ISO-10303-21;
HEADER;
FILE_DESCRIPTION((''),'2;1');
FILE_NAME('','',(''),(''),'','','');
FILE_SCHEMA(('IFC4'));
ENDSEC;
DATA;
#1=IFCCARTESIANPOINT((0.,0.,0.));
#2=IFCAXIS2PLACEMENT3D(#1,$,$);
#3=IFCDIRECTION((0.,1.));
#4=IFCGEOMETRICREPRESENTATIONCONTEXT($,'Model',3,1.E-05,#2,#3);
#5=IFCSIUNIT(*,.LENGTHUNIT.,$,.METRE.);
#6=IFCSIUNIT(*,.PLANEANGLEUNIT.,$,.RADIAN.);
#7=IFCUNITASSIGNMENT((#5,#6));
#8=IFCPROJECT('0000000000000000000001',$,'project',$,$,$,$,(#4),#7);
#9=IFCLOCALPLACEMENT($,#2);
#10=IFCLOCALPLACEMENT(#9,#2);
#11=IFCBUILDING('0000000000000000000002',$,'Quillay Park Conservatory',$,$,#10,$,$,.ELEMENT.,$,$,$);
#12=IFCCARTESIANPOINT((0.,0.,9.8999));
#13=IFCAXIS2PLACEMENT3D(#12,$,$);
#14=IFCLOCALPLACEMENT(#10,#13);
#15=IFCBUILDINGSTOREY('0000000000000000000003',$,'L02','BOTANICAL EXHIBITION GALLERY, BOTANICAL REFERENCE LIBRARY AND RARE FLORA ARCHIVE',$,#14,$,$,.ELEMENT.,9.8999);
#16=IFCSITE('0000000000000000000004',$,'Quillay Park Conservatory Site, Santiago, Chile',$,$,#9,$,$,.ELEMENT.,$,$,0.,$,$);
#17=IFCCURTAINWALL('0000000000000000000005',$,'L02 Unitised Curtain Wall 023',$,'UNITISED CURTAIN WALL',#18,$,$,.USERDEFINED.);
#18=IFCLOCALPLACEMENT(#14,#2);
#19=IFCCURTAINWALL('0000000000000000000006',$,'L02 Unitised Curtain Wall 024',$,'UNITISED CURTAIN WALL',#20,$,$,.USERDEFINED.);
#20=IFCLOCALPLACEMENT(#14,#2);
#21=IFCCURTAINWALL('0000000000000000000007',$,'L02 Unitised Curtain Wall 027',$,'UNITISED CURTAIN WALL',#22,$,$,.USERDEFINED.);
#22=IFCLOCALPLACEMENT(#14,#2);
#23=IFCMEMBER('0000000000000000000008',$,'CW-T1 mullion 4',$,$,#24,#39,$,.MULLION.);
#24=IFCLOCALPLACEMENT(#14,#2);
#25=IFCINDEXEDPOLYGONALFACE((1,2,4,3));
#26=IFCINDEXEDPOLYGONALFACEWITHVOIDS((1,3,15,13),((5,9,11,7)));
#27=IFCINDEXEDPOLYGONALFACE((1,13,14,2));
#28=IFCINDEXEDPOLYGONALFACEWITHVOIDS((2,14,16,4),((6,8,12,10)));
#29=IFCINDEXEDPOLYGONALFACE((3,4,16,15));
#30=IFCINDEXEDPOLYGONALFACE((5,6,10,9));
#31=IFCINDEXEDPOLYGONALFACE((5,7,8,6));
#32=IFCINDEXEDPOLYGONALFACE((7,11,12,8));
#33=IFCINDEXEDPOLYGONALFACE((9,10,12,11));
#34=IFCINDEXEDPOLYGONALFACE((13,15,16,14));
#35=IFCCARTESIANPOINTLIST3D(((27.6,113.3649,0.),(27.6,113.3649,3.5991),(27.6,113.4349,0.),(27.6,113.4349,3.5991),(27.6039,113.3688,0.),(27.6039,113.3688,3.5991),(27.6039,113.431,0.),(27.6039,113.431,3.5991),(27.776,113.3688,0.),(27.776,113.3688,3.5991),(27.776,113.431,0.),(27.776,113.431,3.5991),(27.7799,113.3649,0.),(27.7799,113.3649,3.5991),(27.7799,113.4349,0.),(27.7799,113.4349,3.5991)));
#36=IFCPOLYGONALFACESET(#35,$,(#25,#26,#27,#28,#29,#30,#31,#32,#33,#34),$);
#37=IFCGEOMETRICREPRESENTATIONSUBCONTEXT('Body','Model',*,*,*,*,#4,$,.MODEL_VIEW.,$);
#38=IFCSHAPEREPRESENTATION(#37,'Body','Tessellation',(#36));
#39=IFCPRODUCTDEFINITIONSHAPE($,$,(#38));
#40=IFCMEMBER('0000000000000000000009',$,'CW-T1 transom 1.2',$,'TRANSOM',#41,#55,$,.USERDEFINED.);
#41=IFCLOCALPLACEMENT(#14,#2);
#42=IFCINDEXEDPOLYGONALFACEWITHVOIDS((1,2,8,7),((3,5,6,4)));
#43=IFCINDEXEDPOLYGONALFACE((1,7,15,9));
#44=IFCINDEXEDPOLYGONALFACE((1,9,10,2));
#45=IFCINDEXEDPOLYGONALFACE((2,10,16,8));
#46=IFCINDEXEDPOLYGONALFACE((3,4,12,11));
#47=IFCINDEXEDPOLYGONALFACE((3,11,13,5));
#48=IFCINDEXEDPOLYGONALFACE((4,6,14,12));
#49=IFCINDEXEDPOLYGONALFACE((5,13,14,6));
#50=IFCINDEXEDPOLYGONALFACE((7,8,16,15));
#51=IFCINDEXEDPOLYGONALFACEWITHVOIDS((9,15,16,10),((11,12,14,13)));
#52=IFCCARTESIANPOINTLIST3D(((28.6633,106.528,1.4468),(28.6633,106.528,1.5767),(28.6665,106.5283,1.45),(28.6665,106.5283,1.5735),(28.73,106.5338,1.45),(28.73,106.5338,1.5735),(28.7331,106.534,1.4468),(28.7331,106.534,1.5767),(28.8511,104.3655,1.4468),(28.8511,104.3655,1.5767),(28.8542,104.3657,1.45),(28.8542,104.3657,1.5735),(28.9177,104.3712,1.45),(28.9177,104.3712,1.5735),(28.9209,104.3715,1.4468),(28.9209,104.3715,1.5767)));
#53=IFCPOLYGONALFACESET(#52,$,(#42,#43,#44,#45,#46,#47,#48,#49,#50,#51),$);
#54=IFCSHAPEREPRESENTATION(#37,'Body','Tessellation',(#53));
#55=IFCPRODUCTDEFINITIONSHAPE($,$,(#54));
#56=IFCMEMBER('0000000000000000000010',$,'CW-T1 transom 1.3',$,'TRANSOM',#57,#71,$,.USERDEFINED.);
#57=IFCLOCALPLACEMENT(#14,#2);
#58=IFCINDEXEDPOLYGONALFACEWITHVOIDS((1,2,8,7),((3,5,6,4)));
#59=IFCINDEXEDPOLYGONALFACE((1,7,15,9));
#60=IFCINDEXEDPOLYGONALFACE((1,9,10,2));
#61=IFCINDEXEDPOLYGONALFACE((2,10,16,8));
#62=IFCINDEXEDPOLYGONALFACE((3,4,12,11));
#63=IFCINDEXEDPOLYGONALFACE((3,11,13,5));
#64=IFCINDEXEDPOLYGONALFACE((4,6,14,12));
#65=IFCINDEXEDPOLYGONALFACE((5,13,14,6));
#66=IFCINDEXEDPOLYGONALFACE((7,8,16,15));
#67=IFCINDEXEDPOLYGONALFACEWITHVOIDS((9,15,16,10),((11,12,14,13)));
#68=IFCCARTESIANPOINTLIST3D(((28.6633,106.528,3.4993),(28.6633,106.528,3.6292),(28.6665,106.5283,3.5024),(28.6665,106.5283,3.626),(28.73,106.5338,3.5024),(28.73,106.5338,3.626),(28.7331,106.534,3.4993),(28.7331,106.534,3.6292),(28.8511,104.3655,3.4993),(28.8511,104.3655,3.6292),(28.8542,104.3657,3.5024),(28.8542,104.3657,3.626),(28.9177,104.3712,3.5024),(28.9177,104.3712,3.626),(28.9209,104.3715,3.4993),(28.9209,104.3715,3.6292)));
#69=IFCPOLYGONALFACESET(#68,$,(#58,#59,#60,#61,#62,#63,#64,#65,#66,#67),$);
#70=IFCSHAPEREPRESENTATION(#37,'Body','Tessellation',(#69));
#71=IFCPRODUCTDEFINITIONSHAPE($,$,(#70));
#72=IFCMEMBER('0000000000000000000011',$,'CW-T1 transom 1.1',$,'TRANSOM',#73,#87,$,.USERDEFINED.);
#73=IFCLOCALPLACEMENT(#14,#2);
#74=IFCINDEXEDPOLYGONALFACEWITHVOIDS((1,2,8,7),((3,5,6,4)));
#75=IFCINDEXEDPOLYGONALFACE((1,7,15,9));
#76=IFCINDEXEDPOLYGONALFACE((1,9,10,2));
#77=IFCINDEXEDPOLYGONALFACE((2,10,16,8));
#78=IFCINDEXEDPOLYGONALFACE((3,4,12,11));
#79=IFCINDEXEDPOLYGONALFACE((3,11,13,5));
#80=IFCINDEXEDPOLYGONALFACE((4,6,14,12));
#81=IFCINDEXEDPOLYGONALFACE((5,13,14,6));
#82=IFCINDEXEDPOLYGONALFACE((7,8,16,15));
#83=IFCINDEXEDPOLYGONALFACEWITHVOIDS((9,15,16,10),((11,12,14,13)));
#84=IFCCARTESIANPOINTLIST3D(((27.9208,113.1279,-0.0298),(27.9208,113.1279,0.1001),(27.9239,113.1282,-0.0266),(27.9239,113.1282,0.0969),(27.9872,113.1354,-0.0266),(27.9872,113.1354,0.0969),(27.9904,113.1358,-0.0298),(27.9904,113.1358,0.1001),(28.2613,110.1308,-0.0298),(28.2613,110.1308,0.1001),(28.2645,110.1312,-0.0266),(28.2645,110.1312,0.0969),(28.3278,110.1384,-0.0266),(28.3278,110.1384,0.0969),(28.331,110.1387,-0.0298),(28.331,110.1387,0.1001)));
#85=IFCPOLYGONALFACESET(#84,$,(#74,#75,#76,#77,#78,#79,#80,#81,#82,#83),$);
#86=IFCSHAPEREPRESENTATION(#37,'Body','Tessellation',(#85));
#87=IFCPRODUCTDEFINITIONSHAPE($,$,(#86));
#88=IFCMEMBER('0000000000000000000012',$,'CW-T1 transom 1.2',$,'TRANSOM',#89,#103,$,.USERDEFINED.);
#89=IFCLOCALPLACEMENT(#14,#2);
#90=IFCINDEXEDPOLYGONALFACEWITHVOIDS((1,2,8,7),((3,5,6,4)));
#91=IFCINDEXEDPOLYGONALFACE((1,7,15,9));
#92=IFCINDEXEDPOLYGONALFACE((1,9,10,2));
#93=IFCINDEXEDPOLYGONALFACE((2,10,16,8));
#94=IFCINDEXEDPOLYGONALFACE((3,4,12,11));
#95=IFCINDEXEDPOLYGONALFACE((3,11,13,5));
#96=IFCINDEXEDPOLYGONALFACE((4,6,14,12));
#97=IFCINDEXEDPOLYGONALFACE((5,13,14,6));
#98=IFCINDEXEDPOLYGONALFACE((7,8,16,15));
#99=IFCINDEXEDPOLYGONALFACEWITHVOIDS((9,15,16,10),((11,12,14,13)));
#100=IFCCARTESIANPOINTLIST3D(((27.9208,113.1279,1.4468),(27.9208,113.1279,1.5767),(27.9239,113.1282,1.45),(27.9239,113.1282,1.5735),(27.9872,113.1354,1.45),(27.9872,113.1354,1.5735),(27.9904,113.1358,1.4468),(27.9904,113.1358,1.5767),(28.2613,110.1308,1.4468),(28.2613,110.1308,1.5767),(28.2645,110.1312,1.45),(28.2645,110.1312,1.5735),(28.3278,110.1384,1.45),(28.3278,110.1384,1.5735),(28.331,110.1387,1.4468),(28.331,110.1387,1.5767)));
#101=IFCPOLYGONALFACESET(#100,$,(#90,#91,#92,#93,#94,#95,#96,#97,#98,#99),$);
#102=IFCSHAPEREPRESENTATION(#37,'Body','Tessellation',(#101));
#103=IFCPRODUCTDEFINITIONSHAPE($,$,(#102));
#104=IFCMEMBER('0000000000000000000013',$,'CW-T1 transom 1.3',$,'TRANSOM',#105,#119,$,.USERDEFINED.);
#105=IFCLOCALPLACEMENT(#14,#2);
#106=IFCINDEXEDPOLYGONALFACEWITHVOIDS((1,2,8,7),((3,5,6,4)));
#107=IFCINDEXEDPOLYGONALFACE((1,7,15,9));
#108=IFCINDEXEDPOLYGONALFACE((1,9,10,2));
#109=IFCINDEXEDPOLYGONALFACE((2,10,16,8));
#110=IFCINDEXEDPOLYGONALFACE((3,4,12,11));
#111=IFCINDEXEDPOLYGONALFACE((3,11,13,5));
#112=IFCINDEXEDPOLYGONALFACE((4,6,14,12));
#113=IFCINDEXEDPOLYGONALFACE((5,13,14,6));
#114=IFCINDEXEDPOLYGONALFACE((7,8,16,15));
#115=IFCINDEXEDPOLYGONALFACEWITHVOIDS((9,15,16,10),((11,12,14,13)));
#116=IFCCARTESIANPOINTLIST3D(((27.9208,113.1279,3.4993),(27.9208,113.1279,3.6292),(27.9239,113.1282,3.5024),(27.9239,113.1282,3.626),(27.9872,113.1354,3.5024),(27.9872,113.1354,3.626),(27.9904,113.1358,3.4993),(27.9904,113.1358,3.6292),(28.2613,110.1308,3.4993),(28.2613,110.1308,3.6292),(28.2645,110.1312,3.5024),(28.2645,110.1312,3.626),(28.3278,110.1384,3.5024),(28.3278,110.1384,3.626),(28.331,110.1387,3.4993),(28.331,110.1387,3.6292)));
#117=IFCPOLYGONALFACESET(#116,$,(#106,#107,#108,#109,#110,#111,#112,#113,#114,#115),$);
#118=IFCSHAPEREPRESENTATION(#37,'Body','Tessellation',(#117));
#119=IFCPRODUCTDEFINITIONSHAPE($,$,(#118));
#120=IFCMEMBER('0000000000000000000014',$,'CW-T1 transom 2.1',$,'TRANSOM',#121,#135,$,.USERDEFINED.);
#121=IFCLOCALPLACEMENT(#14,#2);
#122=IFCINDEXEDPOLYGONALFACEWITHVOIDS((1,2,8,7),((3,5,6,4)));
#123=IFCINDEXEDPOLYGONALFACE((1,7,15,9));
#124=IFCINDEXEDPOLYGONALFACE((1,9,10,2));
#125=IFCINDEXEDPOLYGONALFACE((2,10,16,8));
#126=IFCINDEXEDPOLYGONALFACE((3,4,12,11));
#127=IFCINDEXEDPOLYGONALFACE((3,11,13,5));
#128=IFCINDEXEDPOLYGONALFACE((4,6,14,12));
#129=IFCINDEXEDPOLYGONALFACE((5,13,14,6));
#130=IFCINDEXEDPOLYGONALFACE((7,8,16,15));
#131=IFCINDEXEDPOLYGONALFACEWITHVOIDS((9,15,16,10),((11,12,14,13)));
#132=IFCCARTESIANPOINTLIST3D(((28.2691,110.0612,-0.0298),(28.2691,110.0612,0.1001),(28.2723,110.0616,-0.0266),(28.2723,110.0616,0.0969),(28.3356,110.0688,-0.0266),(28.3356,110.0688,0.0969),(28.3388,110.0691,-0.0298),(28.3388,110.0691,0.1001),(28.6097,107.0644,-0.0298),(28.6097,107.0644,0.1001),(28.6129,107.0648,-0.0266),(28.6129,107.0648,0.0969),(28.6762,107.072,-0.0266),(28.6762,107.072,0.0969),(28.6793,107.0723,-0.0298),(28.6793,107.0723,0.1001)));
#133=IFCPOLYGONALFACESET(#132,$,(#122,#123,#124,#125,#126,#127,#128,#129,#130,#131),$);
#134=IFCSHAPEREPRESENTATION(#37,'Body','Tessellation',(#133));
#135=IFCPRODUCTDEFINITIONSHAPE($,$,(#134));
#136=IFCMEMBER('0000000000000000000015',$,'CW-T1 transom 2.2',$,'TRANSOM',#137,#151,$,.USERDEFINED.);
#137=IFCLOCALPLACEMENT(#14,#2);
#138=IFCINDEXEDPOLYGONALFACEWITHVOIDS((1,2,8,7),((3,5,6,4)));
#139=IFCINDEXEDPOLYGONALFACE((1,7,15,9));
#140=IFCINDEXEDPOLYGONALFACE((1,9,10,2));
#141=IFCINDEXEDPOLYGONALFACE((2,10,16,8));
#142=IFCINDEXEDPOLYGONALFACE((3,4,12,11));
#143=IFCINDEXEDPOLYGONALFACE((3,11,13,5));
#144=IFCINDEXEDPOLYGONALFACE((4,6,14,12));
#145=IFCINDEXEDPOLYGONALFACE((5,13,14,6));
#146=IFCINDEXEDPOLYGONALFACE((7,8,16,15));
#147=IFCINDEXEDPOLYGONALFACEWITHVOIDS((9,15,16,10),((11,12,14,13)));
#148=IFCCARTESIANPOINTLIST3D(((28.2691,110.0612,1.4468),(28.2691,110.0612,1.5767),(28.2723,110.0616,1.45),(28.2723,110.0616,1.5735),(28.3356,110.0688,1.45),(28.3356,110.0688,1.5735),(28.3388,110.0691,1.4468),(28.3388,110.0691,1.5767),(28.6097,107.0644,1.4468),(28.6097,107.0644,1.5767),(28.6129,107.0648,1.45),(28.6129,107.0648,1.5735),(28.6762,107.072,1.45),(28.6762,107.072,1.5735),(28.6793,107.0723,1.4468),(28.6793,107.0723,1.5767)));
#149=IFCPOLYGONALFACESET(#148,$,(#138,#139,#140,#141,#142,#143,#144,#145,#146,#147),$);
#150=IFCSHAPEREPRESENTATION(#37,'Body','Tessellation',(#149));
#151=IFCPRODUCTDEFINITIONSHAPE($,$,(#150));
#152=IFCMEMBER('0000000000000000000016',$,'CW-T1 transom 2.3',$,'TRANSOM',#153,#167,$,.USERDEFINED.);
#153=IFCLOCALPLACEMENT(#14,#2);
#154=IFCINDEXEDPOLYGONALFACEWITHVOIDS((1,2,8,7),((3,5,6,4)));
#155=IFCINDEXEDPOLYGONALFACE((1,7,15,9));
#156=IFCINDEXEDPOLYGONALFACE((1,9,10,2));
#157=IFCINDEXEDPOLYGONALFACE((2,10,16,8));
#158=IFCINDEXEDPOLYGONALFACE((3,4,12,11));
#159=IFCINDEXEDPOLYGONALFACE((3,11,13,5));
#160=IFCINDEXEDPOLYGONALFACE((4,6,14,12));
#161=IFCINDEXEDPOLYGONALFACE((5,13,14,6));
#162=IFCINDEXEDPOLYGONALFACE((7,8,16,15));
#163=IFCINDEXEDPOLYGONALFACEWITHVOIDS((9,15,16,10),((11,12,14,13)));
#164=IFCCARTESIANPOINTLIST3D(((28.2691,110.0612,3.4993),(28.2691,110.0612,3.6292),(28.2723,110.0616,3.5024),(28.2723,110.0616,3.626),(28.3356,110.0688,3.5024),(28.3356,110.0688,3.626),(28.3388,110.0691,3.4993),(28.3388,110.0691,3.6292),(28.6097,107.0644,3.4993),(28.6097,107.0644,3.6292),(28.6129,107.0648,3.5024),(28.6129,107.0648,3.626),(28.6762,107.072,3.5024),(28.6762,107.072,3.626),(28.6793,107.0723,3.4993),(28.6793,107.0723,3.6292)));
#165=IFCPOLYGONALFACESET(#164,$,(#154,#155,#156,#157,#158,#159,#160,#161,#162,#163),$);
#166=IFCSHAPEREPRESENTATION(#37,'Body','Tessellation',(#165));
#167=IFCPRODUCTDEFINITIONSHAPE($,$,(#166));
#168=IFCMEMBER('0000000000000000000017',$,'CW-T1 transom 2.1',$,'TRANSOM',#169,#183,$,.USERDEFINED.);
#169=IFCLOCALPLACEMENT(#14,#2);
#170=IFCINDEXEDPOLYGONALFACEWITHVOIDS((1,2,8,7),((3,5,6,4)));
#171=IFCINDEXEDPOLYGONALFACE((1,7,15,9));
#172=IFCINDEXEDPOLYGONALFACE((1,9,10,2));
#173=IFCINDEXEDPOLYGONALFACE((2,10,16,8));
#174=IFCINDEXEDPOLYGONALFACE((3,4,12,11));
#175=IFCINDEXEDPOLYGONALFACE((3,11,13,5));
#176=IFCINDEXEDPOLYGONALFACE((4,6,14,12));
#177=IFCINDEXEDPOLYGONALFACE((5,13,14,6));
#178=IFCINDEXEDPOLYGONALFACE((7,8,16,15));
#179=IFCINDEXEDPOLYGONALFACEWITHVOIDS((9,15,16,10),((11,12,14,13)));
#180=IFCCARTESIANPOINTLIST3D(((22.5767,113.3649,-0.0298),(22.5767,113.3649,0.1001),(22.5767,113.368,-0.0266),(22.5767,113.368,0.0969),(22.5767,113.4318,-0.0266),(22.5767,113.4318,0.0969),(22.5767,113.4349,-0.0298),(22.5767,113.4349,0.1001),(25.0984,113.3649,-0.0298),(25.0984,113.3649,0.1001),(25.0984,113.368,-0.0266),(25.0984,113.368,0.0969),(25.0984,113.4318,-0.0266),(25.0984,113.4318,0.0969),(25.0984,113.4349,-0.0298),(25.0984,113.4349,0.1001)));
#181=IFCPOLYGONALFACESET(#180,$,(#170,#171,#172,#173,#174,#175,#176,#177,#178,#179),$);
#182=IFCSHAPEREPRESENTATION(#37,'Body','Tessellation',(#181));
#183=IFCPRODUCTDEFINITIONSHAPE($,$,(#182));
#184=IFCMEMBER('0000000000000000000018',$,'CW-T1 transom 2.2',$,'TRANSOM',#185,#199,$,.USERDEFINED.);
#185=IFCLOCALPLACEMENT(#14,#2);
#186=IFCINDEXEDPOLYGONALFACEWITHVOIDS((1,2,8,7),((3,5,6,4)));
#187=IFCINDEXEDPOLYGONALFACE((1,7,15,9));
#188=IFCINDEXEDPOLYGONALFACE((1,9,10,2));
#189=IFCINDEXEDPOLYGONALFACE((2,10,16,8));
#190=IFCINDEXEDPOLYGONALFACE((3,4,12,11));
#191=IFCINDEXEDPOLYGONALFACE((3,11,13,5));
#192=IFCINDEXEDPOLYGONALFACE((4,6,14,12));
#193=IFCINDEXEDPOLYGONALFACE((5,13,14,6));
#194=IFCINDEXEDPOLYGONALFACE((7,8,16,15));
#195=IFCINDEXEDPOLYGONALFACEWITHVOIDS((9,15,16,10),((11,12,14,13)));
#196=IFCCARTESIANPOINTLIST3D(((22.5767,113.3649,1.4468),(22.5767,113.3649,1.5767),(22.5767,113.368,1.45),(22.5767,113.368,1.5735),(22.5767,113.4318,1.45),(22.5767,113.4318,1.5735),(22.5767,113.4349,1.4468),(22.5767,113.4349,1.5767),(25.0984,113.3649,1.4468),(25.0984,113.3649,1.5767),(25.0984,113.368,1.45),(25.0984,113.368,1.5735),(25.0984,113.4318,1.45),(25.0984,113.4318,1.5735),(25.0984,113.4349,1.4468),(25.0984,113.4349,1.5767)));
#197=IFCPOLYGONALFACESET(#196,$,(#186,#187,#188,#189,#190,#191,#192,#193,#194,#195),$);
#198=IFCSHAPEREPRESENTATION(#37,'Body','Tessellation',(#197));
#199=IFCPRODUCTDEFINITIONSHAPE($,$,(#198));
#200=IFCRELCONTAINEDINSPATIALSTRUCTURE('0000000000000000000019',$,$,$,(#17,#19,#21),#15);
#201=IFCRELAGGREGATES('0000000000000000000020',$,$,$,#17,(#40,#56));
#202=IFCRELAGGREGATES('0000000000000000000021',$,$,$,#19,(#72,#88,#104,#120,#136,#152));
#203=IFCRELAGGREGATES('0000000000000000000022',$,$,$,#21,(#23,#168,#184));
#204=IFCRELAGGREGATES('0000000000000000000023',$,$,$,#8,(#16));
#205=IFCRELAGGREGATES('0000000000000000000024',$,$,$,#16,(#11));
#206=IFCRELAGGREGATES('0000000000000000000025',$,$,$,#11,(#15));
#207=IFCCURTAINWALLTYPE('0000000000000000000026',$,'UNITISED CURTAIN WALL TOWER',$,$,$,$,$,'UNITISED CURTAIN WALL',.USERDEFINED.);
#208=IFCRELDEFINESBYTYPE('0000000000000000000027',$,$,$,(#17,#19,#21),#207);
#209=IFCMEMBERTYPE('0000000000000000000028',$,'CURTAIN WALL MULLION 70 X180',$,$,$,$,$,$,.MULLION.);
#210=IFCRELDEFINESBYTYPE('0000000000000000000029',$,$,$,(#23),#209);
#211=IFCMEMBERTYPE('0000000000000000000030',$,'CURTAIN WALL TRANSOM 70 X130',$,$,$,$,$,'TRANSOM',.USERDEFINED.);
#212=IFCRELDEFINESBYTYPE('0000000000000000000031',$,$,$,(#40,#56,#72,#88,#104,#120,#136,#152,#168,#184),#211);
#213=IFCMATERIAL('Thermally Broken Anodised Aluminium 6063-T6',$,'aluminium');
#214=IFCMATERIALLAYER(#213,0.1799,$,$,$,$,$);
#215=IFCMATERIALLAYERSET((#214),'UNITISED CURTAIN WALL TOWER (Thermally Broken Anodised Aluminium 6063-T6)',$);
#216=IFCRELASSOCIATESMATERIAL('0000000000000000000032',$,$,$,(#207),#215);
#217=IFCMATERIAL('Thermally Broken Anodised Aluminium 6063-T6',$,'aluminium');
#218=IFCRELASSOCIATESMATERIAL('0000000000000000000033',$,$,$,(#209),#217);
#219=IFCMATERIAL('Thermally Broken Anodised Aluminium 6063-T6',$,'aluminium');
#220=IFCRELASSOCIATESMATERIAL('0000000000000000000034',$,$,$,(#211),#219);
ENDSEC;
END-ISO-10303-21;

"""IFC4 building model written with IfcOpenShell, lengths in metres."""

from ifc_helpers import new_model, si_unit, direction, frame, origin, origin_2d, place, context, subcontext, project, spatial, hollow_rectangle, extrude, material, layer, layer_set, material_profile, profile_set, type_object, element, aggregate, save


model = new_model("IFC4")

# Units and contexts
model_context = context("Model", 3, precision=1e-05, world=origin(), true_north=direction((0.0, 1.0)))
body_context = subcontext(model_context, "Body", "Model", "MODEL_VIEW")
ifc_project = project(units=[si_unit("LENGTHUNIT", "METRE"), si_unit("PLANEANGLEUNIT", "RADIAN")], contexts=[model_context])

# Site, building, storey
site_placement = place(None, origin())
site = spatial("IfcSite", under=ifc_project, at=site_placement, Name="Quillay Park Conservatory Site, Santiago, Chile", CompositionType="ELEMENT", RefElevation=0.0)
building_placement = place(site_placement, origin())
building = spatial("IfcBuilding", under=site, at=building_placement, Name="Quillay Park Conservatory", CompositionType="ELEMENT")
storey_placement = place(building_placement, frame((0.0, 0.0, 9.8999)))
storey = spatial("IfcBuildingStorey", under=building, at=storey_placement, Name="L02", Description="BOTANICAL EXHIBITION GALLERY, BOTANICAL REFERENCE LIBRARY AND RARE FLORA ARCHIVE", CompositionType="ELEMENT", Elevation=9.8999)

# Curtain wall
ifc_material_1 = material(Name="Thermally Broken Anodised Aluminium 6063-T6", Category="aluminium")
ifc_layer_1 = layer(ifc_material_1, 0.1799)
ifc_layer_set_1 = layer_set([ifc_layer_1], Name="UNITISED CURTAIN WALL TOWER (Thermally Broken Anodised Aluminium 6063-T6)")
curtain_wall_type = type_object("IfcCurtainWallType", Name="UNITISED CURTAIN WALL TOWER", ElementType="UNITISED CURTAIN WALL", PredefinedType="USERDEFINED", material=ifc_layer_set_1)
curtain_wall_1_placement = place(storey_placement, origin())
curtain_wall_1 = element("IfcCurtainWall", 1, at=curtain_wall_1_placement, inside=storey, type_object=curtain_wall_type, Name="L02 Unitised Curtain Wall 023", ObjectType="UNITISED CURTAIN WALL", PredefinedType="USERDEFINED")
ifc_material_2 = material(Name="Thermally Broken Anodised Aluminium 6063-T6", Category="aluminium")
ifc_material_profile_1 = material_profile(ifc_material_2, hollow_rectangle(XDim=0.0701, YDim=0.1799, WallThickness=0.0039, at=origin_2d()), Name="AL70x180x4")
ifc_profile_set_1 = profile_set([ifc_material_profile_1], Name="Thermally Broken Anodised Aluminium 6063-T6")
member_type_1 = type_object("IfcMemberType", Name="CURTAIN WALL MULLION 70 X180", PredefinedType="MULLION", material=ifc_profile_set_1)

# Curtain walls, member
curtain_wall_2_placement = place(storey_placement, origin())
curtain_wall_2 = element("IfcCurtainWall", 2, at=curtain_wall_2_placement, inside=storey, type_object=curtain_wall_type, Name="L02 Unitised Curtain Wall 024", ObjectType="UNITISED CURTAIN WALL", PredefinedType="USERDEFINED")
curtain_wall_3_placement = place(storey_placement, origin())
curtain_wall_3 = element("IfcCurtainWall", 3, at=curtain_wall_3_placement, inside=storey, type_object=curtain_wall_type, Name="L02 Unitised Curtain Wall 027", ObjectType="UNITISED CURTAIN WALL", PredefinedType="USERDEFINED")
member_1_placement = place(storey_placement, frame((27.6899, 113.3999, 0.0), z_axis=(0.0, 0.0, 1.0), x_axis=(0.0, 1.0, 0.0)))
member_1 = element("IfcMember", 4, at=member_1_placement, type_object=member_type_1, Name="CW-T1 mullion 4", PredefinedType="MULLION", context=body_context, shape_type="SweptSolid", body=[
    extrude(hollow_rectangle(XDim=0.0701, YDim=0.1799, WallThickness=0.0039, at=origin_2d()), origin(), (0.0, 0.0, 1.0), 3.5991),
])

# Members
ifc_material_3 = material(Name="Thermally Broken Anodised Aluminium 6063-T6", Category="aluminium")
ifc_material_profile_2 = material_profile(ifc_material_3, hollow_rectangle(XDim=0.0701, YDim=0.1299, WallThickness=0.0032, at=origin_2d()), Name="AL70x130x3.2")
ifc_profile_set_2 = profile_set([ifc_material_profile_2], Name="Thermally Broken Anodised Aluminium 6063-T6")
member_type_2 = type_object("IfcMemberType", Name="CURTAIN WALL TRANSOM 70 X130", ElementType="TRANSOM", PredefinedType="USERDEFINED", material=ifc_profile_set_2)
member_2_placement = place(storey_placement, frame((28.6982, 106.531, 1.5117), z_axis=(0.086489, -0.996253, 0.0), x_axis=(0.996253, 0.086489, 0.0)))
member_2 = element("IfcMember", 5, at=member_2_placement, type_object=member_type_2, Name="CW-T1 transom 1.2", ObjectType="TRANSOM", PredefinedType="USERDEFINED", context=body_context, shape_type="SweptSolid", body=[
    extrude(hollow_rectangle(XDim=0.0701, YDim=0.1299, WallThickness=0.0032, at=origin_2d()), origin(), (0.0, 0.0, 1.0), 2.1707),
])
member_3_placement = place(storey_placement, frame((28.6982, 106.531, 3.5642), z_axis=(0.086489, -0.996253, 0.0), x_axis=(0.996253, 0.086489, 0.0)))
member_3 = element("IfcMember", 6, at=member_3_placement, type_object=member_type_2, Name="CW-T1 transom 1.3", ObjectType="TRANSOM", PredefinedType="USERDEFINED", context=body_context, shape_type="SweptSolid", body=[
    extrude(hollow_rectangle(XDim=0.0701, YDim=0.1299, WallThickness=0.0032, at=origin_2d()), origin(), (0.0, 0.0, 1.0), 2.1707),
])
aggregate(curtain_wall_1, [member_2, member_3])
member_4_placement = place(storey_placement, frame((27.9556, 113.1318, 0.0352), z_axis=(0.11291, -0.993605, 0.0), x_axis=(0.993605, 0.11291, 0.0)))
member_4 = element("IfcMember", 7, at=member_4_placement, type_object=member_type_2, Name="CW-T1 transom 1.1", ObjectType="TRANSOM", PredefinedType="USERDEFINED", context=body_context, shape_type="SweptSolid", body=[
    extrude(hollow_rectangle(XDim=0.0701, YDim=0.1299, WallThickness=0.0032, at=origin_2d()), origin(), (0.0, 0.0, 1.0), 3.0164),
])
member_5_placement = place(storey_placement, frame((27.9556, 113.1318, 1.5117), z_axis=(0.11291, -0.993605, 0.0), x_axis=(0.993605, 0.11291, 0.0)))
member_5 = element("IfcMember", 8, at=member_5_placement, type_object=member_type_2, Name="CW-T1 transom 1.2", ObjectType="TRANSOM", PredefinedType="USERDEFINED", context=body_context, shape_type="SweptSolid", body=[
    extrude(hollow_rectangle(XDim=0.0701, YDim=0.1299, WallThickness=0.0032, at=origin_2d()), origin(), (0.0, 0.0, 1.0), 3.0164),
])
member_6_placement = place(storey_placement, frame((27.9556, 113.1318, 3.5642), z_axis=(0.11291, -0.993605, 0.0), x_axis=(0.993605, 0.11291, 0.0)))
member_6 = element("IfcMember", 9, at=member_6_placement, type_object=member_type_2, Name="CW-T1 transom 1.3", ObjectType="TRANSOM", PredefinedType="USERDEFINED", context=body_context, shape_type="SweptSolid", body=[
    extrude(hollow_rectangle(XDim=0.0701, YDim=0.1299, WallThickness=0.0032, at=origin_2d()), origin(), (0.0, 0.0, 1.0), 3.0164),
])
member_7_placement = place(storey_placement, frame((28.304, 110.0652, 0.0352), z_axis=(0.112919, -0.993604, 0.0), x_axis=(0.993604, 0.112919, 0.0)))
member_7 = element("IfcMember", 10, at=member_7_placement, type_object=member_type_2, Name="CW-T1 transom 2.1", ObjectType="TRANSOM", PredefinedType="USERDEFINED", context=body_context, shape_type="SweptSolid", body=[
    extrude(hollow_rectangle(XDim=0.0701, YDim=0.1299, WallThickness=0.0032, at=origin_2d()), origin(), (0.0, 0.0, 1.0), 3.0161),
])
member_8_placement = place(storey_placement, frame((28.304, 110.0652, 1.5117), z_axis=(0.112919, -0.993604, 0.0), x_axis=(0.993604, 0.112919, 0.0)))
member_8 = element("IfcMember", 11, at=member_8_placement, type_object=member_type_2, Name="CW-T1 transom 2.2", ObjectType="TRANSOM", PredefinedType="USERDEFINED", context=body_context, shape_type="SweptSolid", body=[
    extrude(hollow_rectangle(XDim=0.0701, YDim=0.1299, WallThickness=0.0032, at=origin_2d()), origin(), (0.0, 0.0, 1.0), 3.0161),
])
member_9_placement = place(storey_placement, frame((28.304, 110.0652, 3.5642), z_axis=(0.112919, -0.993604, 0.0), x_axis=(0.993604, 0.112919, 0.0)))
member_9 = element("IfcMember", 12, at=member_9_placement, type_object=member_type_2, Name="CW-T1 transom 2.3", ObjectType="TRANSOM", PredefinedType="USERDEFINED", context=body_context, shape_type="SweptSolid", body=[
    extrude(hollow_rectangle(XDim=0.0701, YDim=0.1299, WallThickness=0.0032, at=origin_2d()), origin(), (0.0, 0.0, 1.0), 3.0161),
])
member_10_placement = place(storey_placement, frame((22.5767, 113.3999, 0.0352), z_axis=(1.0, 0.0, 0.0), x_axis=(0.0, 1.0, 0.0)))
member_10 = element("IfcMember", 13, at=member_10_placement, type_object=member_type_2, Name="CW-T1 transom 2.1", ObjectType="TRANSOM", PredefinedType="USERDEFINED", context=body_context, shape_type="SweptSolid", body=[
    extrude(hollow_rectangle(XDim=0.0701, YDim=0.1299, WallThickness=0.0032, at=origin_2d()), origin(), (0.0, 0.0, 1.0), 2.5217),
])
member_11_placement = place(storey_placement, frame((22.5767, 113.3999, 1.5117), z_axis=(1.0, 0.0, 0.0), x_axis=(0.0, 1.0, 0.0)))
member_11 = element("IfcMember", 14, at=member_11_placement, type_object=member_type_2, Name="CW-T1 transom 2.2", ObjectType="TRANSOM", PredefinedType="USERDEFINED", context=body_context, shape_type="SweptSolid", body=[
    extrude(hollow_rectangle(XDim=0.0701, YDim=0.1299, WallThickness=0.0032, at=origin_2d()), origin(), (0.0, 0.0, 1.0), 2.5217),
])

aggregate(curtain_wall_2, [member_4, member_5, member_6, member_7, member_8, member_9])
aggregate(curtain_wall_3, [member_1, member_10, member_11])

save(model, "model.ifc")
